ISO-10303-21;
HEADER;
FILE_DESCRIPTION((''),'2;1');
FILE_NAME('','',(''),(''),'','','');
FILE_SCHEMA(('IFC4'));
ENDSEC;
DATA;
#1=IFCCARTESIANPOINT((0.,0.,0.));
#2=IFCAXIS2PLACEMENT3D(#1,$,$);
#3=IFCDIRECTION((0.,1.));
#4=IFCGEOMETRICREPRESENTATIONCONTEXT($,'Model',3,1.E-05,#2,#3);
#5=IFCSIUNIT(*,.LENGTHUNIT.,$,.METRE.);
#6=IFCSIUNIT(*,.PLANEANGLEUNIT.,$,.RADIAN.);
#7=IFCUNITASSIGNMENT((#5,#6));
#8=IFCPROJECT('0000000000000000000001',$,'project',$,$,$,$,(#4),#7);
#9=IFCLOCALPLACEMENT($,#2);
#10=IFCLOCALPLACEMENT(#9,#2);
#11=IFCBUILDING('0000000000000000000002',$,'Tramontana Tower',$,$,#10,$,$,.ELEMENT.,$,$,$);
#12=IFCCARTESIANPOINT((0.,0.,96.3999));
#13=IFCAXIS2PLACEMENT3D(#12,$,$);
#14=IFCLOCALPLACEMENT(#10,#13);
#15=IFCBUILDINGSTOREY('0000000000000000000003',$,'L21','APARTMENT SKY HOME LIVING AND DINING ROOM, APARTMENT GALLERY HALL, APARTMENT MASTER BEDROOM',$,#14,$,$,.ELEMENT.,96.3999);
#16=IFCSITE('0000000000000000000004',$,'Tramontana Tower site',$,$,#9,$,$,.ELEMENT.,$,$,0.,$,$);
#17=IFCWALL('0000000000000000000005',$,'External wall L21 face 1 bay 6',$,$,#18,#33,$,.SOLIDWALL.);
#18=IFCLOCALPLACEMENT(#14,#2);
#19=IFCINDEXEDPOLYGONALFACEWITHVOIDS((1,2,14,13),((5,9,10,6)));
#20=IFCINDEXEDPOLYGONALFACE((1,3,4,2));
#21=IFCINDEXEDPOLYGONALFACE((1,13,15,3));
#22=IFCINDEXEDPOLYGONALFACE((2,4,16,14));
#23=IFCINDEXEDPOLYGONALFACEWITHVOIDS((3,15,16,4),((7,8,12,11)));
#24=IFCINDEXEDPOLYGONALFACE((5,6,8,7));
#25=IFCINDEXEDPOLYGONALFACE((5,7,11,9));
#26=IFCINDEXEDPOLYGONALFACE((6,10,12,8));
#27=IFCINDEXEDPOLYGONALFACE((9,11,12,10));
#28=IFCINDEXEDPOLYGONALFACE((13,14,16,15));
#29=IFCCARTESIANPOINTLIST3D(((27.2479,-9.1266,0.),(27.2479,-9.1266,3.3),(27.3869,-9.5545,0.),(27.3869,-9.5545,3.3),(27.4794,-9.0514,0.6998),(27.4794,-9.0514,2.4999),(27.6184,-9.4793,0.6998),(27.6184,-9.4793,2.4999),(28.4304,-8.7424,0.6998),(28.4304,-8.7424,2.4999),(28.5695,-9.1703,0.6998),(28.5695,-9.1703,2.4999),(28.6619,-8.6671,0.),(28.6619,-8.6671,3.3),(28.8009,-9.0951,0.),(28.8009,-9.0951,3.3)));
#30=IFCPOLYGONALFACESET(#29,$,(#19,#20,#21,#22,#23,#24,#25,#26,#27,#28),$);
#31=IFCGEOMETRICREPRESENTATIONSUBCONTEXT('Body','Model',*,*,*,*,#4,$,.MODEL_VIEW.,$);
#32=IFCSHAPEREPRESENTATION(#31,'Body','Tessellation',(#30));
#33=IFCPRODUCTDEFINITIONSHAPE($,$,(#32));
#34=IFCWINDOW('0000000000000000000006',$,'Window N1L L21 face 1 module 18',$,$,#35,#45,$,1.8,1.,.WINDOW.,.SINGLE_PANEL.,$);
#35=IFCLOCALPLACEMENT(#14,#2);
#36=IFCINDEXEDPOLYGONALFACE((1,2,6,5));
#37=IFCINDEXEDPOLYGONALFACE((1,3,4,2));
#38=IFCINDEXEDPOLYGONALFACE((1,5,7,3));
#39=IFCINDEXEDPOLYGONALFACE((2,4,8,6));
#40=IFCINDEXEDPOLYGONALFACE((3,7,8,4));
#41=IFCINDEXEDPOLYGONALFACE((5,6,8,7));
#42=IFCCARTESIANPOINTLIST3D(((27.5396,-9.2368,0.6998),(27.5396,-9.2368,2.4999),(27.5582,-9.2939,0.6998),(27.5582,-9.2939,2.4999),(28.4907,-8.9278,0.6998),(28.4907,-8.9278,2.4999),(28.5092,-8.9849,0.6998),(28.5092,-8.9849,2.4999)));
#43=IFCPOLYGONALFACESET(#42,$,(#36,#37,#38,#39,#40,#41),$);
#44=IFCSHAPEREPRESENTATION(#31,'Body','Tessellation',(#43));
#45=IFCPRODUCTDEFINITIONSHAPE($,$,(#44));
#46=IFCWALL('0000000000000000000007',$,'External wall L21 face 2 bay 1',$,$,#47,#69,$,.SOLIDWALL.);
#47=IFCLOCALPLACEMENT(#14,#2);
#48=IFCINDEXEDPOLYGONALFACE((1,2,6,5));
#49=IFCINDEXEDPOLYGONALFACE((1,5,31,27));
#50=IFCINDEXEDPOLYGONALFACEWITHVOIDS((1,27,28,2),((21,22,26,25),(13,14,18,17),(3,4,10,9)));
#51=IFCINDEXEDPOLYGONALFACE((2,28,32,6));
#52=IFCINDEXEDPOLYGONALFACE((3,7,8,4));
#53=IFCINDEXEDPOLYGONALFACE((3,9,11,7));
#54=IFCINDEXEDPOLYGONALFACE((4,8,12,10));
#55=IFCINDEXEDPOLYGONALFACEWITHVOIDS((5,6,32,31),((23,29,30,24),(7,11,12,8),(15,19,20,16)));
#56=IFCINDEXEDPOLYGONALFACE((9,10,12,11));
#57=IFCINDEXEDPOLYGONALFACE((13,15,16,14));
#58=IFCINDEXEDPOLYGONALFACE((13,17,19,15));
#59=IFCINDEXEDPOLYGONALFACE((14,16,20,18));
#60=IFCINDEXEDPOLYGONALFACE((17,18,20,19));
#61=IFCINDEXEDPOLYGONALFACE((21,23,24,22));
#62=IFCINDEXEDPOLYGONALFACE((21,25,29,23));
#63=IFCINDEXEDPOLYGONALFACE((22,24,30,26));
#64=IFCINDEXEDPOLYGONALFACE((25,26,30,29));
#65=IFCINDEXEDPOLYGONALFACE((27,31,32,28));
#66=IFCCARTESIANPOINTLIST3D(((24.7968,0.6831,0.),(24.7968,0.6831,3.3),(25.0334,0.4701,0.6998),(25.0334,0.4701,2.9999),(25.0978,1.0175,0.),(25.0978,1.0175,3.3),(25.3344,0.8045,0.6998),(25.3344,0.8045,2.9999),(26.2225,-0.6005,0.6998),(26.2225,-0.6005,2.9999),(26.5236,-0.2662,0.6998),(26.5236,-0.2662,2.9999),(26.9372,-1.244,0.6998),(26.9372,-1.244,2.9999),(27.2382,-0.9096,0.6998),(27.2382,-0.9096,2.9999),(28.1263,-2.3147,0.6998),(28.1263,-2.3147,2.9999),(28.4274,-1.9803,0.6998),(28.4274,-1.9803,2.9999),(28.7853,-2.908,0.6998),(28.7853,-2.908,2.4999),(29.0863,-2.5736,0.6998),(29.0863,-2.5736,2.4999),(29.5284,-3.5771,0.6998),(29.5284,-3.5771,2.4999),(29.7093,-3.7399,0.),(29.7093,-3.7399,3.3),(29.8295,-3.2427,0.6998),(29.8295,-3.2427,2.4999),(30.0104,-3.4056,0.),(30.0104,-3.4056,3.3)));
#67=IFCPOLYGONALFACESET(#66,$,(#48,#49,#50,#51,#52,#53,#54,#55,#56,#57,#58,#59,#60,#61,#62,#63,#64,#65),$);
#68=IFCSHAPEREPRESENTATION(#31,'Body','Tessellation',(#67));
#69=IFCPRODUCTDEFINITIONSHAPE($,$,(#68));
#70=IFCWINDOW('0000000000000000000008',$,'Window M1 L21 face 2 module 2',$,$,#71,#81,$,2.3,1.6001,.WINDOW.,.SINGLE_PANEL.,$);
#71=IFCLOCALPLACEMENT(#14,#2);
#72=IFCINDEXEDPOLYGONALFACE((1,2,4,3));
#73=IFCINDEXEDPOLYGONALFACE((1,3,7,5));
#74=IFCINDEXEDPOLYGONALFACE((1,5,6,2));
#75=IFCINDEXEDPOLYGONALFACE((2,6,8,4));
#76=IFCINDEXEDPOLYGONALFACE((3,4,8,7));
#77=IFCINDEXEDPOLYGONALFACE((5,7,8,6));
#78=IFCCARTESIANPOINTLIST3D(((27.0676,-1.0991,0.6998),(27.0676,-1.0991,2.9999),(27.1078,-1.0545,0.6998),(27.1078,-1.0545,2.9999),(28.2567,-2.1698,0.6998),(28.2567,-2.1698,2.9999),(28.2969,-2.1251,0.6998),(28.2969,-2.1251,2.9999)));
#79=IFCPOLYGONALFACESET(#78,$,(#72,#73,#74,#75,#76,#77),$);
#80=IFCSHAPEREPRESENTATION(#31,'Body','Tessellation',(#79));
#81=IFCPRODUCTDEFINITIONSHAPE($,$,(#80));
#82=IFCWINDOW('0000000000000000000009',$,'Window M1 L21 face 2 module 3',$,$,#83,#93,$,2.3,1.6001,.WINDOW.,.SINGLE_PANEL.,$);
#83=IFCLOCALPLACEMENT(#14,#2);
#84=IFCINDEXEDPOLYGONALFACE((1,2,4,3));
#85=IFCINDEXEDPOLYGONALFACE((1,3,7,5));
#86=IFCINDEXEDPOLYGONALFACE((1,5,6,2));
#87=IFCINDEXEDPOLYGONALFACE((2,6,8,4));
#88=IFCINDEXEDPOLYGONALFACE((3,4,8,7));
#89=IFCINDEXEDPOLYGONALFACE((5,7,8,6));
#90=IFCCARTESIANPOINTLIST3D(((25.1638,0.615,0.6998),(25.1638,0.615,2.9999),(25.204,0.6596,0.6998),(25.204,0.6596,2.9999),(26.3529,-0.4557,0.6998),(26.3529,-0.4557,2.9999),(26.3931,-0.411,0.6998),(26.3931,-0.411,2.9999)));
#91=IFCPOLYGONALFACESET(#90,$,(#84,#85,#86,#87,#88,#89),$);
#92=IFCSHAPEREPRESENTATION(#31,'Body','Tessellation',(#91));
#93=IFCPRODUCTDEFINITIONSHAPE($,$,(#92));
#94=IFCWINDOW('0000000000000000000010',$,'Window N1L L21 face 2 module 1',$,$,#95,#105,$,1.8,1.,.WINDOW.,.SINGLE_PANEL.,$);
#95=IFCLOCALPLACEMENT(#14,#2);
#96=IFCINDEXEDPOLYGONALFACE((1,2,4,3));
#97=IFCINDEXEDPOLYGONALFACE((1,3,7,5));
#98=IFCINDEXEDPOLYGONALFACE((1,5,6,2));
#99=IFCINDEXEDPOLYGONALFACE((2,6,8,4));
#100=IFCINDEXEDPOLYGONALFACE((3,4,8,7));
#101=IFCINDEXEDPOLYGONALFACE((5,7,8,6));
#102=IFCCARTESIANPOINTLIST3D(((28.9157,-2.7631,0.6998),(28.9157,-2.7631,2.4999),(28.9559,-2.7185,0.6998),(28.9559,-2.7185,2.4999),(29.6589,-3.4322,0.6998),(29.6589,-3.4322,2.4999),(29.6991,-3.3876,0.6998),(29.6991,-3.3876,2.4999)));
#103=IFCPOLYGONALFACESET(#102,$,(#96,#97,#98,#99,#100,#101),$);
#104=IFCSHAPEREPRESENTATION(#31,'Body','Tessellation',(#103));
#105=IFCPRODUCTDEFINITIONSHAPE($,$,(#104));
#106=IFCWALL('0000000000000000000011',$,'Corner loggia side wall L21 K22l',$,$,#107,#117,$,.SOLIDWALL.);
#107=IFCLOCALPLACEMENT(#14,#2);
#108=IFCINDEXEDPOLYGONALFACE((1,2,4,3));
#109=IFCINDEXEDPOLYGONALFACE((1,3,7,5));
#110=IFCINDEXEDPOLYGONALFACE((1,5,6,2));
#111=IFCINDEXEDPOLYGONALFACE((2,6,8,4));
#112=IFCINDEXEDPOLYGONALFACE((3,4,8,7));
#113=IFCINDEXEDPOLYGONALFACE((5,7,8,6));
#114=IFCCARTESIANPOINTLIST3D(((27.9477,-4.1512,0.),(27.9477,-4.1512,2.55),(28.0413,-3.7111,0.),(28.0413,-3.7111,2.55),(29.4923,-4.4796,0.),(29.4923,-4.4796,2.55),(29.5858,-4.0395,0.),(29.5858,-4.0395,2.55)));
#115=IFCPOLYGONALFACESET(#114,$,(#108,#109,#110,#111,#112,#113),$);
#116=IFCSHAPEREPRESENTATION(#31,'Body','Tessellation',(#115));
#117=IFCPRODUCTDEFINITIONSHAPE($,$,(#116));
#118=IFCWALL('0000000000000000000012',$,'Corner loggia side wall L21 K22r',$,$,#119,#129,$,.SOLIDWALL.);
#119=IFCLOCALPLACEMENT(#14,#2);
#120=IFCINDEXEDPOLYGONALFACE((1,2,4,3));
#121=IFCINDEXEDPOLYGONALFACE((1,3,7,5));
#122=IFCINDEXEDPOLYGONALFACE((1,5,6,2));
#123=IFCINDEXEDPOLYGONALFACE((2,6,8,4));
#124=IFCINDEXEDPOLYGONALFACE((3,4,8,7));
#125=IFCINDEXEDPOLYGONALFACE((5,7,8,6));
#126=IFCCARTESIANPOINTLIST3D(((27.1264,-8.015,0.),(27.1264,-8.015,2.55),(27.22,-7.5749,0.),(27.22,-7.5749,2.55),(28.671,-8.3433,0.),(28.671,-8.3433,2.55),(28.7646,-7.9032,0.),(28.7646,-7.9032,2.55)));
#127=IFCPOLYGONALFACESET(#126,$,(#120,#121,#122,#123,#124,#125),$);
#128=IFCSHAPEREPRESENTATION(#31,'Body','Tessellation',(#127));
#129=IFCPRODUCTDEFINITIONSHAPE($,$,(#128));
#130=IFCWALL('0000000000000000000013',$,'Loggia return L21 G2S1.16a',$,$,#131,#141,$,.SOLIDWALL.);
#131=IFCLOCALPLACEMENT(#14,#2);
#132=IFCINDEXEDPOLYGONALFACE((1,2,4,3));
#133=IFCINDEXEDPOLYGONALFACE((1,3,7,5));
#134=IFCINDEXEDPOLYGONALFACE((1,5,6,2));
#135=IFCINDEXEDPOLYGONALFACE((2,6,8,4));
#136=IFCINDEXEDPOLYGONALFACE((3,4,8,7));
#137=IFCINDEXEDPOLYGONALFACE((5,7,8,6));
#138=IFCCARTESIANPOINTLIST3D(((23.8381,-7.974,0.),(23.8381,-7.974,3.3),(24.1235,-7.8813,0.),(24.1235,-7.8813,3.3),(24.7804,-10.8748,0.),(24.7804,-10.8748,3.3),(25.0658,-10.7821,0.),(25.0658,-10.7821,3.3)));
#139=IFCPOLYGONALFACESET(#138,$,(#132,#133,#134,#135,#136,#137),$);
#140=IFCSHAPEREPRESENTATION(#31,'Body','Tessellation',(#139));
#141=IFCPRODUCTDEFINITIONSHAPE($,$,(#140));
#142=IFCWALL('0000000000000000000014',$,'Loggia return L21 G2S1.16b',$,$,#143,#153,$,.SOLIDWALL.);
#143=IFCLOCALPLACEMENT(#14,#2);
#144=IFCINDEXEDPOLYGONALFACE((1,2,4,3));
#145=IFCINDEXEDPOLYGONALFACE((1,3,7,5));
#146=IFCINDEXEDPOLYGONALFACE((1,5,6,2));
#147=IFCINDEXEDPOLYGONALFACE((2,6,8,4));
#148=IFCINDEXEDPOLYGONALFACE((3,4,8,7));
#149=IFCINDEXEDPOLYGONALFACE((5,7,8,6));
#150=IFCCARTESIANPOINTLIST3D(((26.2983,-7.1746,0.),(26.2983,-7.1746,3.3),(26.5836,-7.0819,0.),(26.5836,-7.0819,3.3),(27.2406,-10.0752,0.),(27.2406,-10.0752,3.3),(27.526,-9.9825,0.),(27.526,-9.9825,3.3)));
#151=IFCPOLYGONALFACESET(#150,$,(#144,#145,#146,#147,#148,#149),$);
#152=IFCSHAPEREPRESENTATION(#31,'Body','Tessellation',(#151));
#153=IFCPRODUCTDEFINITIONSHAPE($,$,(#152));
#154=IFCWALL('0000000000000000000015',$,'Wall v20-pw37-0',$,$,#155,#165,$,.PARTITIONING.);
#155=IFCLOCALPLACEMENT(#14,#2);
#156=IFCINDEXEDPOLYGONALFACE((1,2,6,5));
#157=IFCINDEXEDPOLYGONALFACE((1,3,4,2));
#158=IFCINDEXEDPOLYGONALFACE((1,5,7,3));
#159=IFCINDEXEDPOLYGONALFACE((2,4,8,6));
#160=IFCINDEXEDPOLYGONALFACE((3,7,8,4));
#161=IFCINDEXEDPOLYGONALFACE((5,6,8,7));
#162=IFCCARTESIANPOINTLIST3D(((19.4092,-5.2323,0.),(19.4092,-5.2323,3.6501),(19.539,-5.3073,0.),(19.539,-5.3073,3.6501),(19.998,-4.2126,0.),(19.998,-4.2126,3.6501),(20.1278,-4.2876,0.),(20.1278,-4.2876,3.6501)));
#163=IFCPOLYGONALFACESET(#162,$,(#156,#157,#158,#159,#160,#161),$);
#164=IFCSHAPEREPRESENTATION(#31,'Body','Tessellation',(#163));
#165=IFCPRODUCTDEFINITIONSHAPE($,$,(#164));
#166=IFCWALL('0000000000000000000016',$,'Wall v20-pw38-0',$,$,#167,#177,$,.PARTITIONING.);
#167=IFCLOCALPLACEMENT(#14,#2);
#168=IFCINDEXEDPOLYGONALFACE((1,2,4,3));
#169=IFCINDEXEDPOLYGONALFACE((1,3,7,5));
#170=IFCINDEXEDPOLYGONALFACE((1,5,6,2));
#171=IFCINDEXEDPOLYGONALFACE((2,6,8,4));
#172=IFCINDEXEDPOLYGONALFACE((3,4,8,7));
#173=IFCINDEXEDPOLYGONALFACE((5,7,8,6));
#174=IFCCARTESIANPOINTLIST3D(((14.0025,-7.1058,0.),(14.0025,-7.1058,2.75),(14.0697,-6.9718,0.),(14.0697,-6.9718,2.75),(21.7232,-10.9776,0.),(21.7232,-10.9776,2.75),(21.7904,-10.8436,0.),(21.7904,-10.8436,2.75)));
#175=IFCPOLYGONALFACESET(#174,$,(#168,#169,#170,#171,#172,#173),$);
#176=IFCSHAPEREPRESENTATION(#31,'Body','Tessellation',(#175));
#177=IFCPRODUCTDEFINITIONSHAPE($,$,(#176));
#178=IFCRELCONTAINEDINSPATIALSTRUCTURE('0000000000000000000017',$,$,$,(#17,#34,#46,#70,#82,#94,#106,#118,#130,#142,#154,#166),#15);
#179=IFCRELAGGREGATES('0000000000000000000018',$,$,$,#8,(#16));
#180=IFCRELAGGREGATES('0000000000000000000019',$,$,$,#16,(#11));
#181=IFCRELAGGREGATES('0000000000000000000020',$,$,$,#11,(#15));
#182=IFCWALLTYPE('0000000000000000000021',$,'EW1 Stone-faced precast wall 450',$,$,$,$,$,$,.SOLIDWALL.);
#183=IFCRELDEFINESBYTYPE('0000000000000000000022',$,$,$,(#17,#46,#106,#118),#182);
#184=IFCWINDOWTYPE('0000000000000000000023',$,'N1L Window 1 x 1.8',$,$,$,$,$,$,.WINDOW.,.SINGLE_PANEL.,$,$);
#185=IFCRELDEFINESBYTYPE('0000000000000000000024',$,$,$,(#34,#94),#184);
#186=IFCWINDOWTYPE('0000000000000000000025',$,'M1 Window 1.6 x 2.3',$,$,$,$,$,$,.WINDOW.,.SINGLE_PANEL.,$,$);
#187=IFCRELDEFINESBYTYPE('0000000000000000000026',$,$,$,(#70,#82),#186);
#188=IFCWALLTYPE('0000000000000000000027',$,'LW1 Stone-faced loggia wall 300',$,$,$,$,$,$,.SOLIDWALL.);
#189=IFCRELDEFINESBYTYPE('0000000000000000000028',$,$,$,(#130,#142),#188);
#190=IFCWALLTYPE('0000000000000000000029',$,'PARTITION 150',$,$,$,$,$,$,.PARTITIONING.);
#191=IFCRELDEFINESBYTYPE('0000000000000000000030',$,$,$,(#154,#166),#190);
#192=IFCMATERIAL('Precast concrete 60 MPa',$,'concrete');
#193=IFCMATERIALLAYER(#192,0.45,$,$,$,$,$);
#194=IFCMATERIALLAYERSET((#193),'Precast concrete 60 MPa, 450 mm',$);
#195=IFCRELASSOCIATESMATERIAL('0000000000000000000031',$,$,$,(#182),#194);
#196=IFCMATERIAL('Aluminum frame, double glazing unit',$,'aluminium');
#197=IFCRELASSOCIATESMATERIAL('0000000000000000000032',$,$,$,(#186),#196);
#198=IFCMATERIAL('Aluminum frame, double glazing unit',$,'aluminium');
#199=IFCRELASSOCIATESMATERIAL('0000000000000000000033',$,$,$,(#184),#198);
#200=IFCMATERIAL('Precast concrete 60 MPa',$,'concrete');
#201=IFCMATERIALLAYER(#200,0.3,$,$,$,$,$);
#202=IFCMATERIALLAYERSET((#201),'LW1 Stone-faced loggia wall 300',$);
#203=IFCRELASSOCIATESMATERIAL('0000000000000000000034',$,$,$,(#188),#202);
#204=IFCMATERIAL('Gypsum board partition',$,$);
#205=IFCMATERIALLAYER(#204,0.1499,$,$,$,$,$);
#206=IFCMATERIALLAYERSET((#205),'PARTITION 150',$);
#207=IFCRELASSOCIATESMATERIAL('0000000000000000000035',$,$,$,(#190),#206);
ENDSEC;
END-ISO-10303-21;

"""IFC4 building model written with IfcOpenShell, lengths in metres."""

from ifc_helpers import new_model, si_unit, direction, frame, frame_2d, origin, place, context, subcontext, project, spatial, rectangle, extrude, material, layer, layer_set, type_object, element, fill, save


model = new_model("IFC4")

# Units and contexts
model_context = context("Model", 3, precision=1e-05, world=origin(), true_north=direction((0.0, 1.0)))
body_context = subcontext(model_context, "Body", "Model", "MODEL_VIEW")
ifc_project = project(units=[si_unit("LENGTHUNIT", "METRE"), si_unit("PLANEANGLEUNIT", "RADIAN")], contexts=[model_context])

# Site, building, storey
site_placement = place(None, origin())
site = spatial("IfcSite", under=ifc_project, at=site_placement, Name="Tramontana Tower site", CompositionType="ELEMENT", RefElevation=0.0)
building_placement = place(site_placement, origin())
building = spatial("IfcBuilding", under=site, at=building_placement, Name="Tramontana Tower", CompositionType="ELEMENT")
storey_placement = place(building_placement, frame((0.0, 0.0, 96.3999)))
storey = spatial("IfcBuildingStorey", under=building, at=storey_placement, Name="L21", Description="APARTMENT SKY HOME LIVING AND DINING ROOM, APARTMENT GALLERY HALL, APARTMENT MASTER BEDROOM", CompositionType="ELEMENT", Elevation=96.3999)

# Wall, opening, window
ifc_material_1 = material(Name="Precast concrete 60 MPa", Category="concrete")
ifc_layer_1 = layer(ifc_material_1, 0.45)
ifc_layer_set_1 = layer_set([ifc_layer_1], Name="Precast concrete 60 MPa, 450 mm")
wall_type_1 = type_object("IfcWallType", Name="EW1 Stone-faced precast wall 450", PredefinedType="SOLIDWALL", material=ifc_layer_set_1)
ifc_material_2 = material(Name="Aluminum frame, double glazing unit", Category="aluminium")
window_type_1 = type_object("IfcWindowType", Name="M1 Window 1.6 x 2.3", PartitioningType="SINGLE_PANEL", PredefinedType="WINDOW", material=ifc_material_2)
wall_1_placement = place(storey_placement, frame((27.3174, -9.3406, 0.0), z_axis=(0.0, 0.0, 1.0), x_axis=(0.951053, 0.309027, 0.0)))
wall_1 = element("IfcWall", 1, at=wall_1_placement, inside=storey, type_object=wall_type_1, Name="External wall L21 face 1 bay 6", PredefinedType="SOLIDWALL", context=body_context, shape_type="SweptSolid", body=[
    extrude(rectangle(XDim=1.4868, YDim=0.45, at=frame_2d((0.7434, 0.0))), origin(), (0.0, 0.0, 1.0), 3.3),
])
opening_1_placement = place(wall_1_placement, frame((0.2434, 0.0, 0.7)))
opening_1 = element("IfcOpeningElement", 2, at=opening_1_placement, cuts=wall_1, PredefinedType="OPENING", context=body_context, shape_type="SweptSolid", body=[
    extrude(rectangle(XDim=1.0, YDim=1.8, at=frame_2d((0.5, 0.8999))), frame((0.0, 0.2349, 0.0), z_axis=(0.0, -1.0, 0.0), x_axis=(1.0, 0.0, 0.0)), (0.0, 0.0, 1.0), 0.47),
])
ifc_material_3 = material(Name="Aluminum frame, double glazing unit", Category="aluminium")
window_type_2 = type_object("IfcWindowType", Name="N1L Window 1 x 1.8", PartitioningType="SINGLE_PANEL", PredefinedType="WINDOW", material=ifc_material_3)
window_1_placement = place(opening_1_placement, origin())
window_1 = element("IfcWindow", 3, at=window_1_placement, inside=storey, type_object=window_type_2, Name="Window N1L L21 face 1 module 18", OverallHeight=1.8, OverallWidth=1.0, PartitioningType="SINGLE_PANEL", PredefinedType="WINDOW", context=body_context, shape_type="SweptSolid", body=[
    extrude(rectangle(XDim=1.0, YDim=1.8, at=frame_2d((0.5, 0.8999))), frame((0.0, 0.03, 0.0), z_axis=(0.0, -1.0, 0.0), x_axis=(1.0, 0.0, 0.0)), (0.0, 0.0, 1.0), 0.0601),
])
fill(opening_1, window_1)

# Wall, openings, windows
wall_2_placement = place(storey_placement, frame((29.8599, -3.5728, 0.0), z_axis=(0.0, 0.0, 1.0), x_axis=(-0.743162, 0.669112, 0.0)))
wall_2 = element("IfcWall", 4, at=wall_2_placement, inside=storey, type_object=wall_type_1, Name="External wall L21 face 2 bay 1", PredefinedType="SOLIDWALL", context=body_context, shape_type="SweptSolid", body=[
    extrude(rectangle(XDim=6.6104, YDim=0.45, at=frame_2d((3.3052, 0.0))), origin(), (0.0, 0.0, 1.0), 3.3),
])
opening_2_placement = place(wall_2_placement, frame((0.2434, 0.0, 0.7)))
opening_2 = element("IfcOpeningElement", 5, at=opening_2_placement, cuts=wall_2, PredefinedType="OPENING", context=body_context, shape_type="SweptSolid", body=[
    extrude(rectangle(XDim=1.0, YDim=1.8, at=frame_2d((0.5, 0.8999))), frame((0.0, 0.2349, 0.0), z_axis=(0.0, -1.0, 0.0), x_axis=(1.0, 0.0, 0.0)), (0.0, 0.0, 1.0), 0.47),
])
opening_3_placement = place(wall_2_placement, frame((2.1301, 0.0, 0.7)))
opening_3 = element("IfcOpeningElement", 6, at=opening_3_placement, cuts=wall_2, PredefinedType="OPENING", context=body_context, shape_type="SweptSolid", body=[
    extrude(rectangle(XDim=1.6001, YDim=2.3, at=frame_2d((0.8, 1.1499))), frame((0.0, 0.2349, 0.0), z_axis=(0.0, -1.0, 0.0), x_axis=(1.0, 0.0, 0.0)), (0.0, 0.0, 1.0), 0.47),
])
opening_4_placement = place(wall_2_placement, frame((4.6919, 0.0, 0.7)))
opening_4 = element("IfcOpeningElement", 7, at=opening_4_placement, cuts=wall_2, PredefinedType="OPENING", context=body_context, shape_type="SweptSolid", body=[
    extrude(rectangle(XDim=1.6001, YDim=2.3, at=frame_2d((0.8, 1.1499))), frame((0.0, 0.2349, 0.0), z_axis=(0.0, -1.0, 0.0), x_axis=(1.0, 0.0, 0.0)), (0.0, 0.0, 1.0), 0.47),
])
window_2_placement = place(opening_3_placement, origin())
window_2 = element("IfcWindow", 8, at=window_2_placement, inside=storey, type_object=window_type_1, Name="Window M1 L21 face 2 module 2", OverallHeight=2.3, OverallWidth=1.6001, PartitioningType="SINGLE_PANEL", PredefinedType="WINDOW", context=body_context, shape_type="SweptSolid", body=[
    extrude(rectangle(XDim=1.6001, YDim=2.3, at=frame_2d((0.8, 1.1499))), frame((0.0, 0.03, 0.0), z_axis=(0.0, -1.0, 0.0), x_axis=(1.0, 0.0, 0.0)), (0.0, 0.0, 1.0), 0.0601),
])
fill(opening_3, window_2)
window_3_placement = place(opening_4_placement, origin())
window_3 = element("IfcWindow", 9, at=window_3_placement, inside=storey, type_object=window_type_1, Name="Window M1 L21 face 2 module 3", OverallHeight=2.3, OverallWidth=1.6001, PartitioningType="SINGLE_PANEL", PredefinedType="WINDOW", context=body_context, shape_type="SweptSolid", body=[
    extrude(rectangle(XDim=1.6001, YDim=2.3, at=frame_2d((0.8, 1.1499))), frame((0.0, 0.03, 0.0), z_axis=(0.0, -1.0, 0.0), x_axis=(1.0, 0.0, 0.0)), (0.0, 0.0, 1.0), 0.0601),
])
fill(opening_4, window_3)
window_4_placement = place(opening_2_placement, origin())
window_4 = element("IfcWindow", 10, at=window_4_placement, inside=storey, type_object=window_type_2, Name="Window N1L L21 face 2 module 1", OverallHeight=1.8, OverallWidth=1.0, PartitioningType="SINGLE_PANEL", PredefinedType="WINDOW", context=body_context, shape_type="SweptSolid", body=[
    extrude(rectangle(XDim=1.0, YDim=1.8, at=frame_2d((0.5, 0.8999))), frame((0.0, 0.03, 0.0), z_axis=(0.0, -1.0, 0.0), x_axis=(1.0, 0.0, 0.0)), (0.0, 0.0, 1.0), 0.0601),
])
fill(opening_2, window_4)

# Walls
for number, where, z_axis, x_axis, name in (
    (11, (29.5391, -4.2595, 0.0), (0.0, 0.0, 1.0), (-0.978143, 0.207935, 0.0), "Corner loggia side wall L21 K22l"),
    (12, (28.7178, -8.1233, 0.0), (0.0, 0.0, 1.0), (-0.978143, 0.207935, 0.0), "Corner loggia side wall L21 K22r"),
):
    element("IfcWall", number, at=place(storey_placement, frame(where, z_axis=z_axis, x_axis=x_axis)), inside=storey, type_object=wall_type_1, Name=name, PredefinedType="SOLIDWALL", context=body_context, shape_type="SweptSolid", body=[
        extrude(rectangle(XDim=1.5791, YDim=0.45, at=frame_2d((0.7896, 0.0))), origin(), (0.0, 0.0, 1.0), 2.55),
    ])

# Shared definitions
ifc_material_4 = material(Name="Precast concrete 60 MPa", Category="concrete")
ifc_layer_2 = layer(ifc_material_4, 0.3)
ifc_layer_set_2 = layer_set([ifc_layer_2], Name="LW1 Stone-faced loggia wall 300")
wall_type_2 = type_object("IfcWallType", Name="LW1 Stone-faced loggia wall 300", PredefinedType="SOLIDWALL", material=ifc_layer_set_2)

# Walls
wall_3_placement = place(storey_placement, frame((24.9231, -10.8284, 0.0), z_axis=(0.0, 0.0, 1.0), x_axis=(-0.308967, 0.951073, 0.0)))
element("IfcWall", 13, at=wall_3_placement, inside=storey, type_object=wall_type_2, Name="Loggia return L21 G2S1.16a", PredefinedType="SOLIDWALL", context=body_context, shape_type="SweptSolid", body=[
    extrude(rectangle(XDim=3.05, YDim=0.3, at=frame_2d((1.5249, 0.0))), origin(), (0.0, 0.0, 1.0), 3.3),
])
wall_4_placement = place(storey_placement, frame((27.3833, -10.0288, 0.0), z_axis=(0.0, 0.0, 1.0), x_axis=(-0.30899, 0.951065, 0.0)))
element("IfcWall", 14, at=wall_4_placement, inside=storey, type_object=wall_type_2, Name="Loggia return L21 G2S1.16b", PredefinedType="SOLIDWALL", context=body_context, shape_type="SweptSolid", body=[
    extrude(rectangle(XDim=3.0498, YDim=0.3, at=frame_2d((1.5249, 0.0))), origin(), (0.0, 0.0, 1.0), 3.3),
])
ifc_material_5 = material(Name="Gypsum board partition")
ifc_layer_3 = layer(ifc_material_5, 0.1499)
ifc_layer_set_3 = layer_set([ifc_layer_3], Name="PARTITION 150")
wall_type_3 = type_object("IfcWallType", Name="PARTITION 150", PredefinedType="PARTITIONING", material=ifc_layer_set_3)
wall_5_placement = place(storey_placement, frame((20.063, -4.25, 0.0), z_axis=(0.0, 0.0, 1.0), x_axis=(-0.500063, -0.865989, 0.0)))
element("IfcWall", 15, at=wall_5_placement, inside=storey, type_object=wall_type_3, Name="Wall v20-pw37-0", PredefinedType="PARTITIONING", context=body_context, shape_type="SweptSolid", body=[
    extrude(rectangle(XDim=1.1775, YDim=0.1499, at=frame_2d((0.5889, 0.0))), origin(), (0.0, 0.0, 1.0), 3.6501),
])
wall_6_placement = place(storey_placement, frame((21.7568, -10.9106, 0.0), z_axis=(0.0, 0.0, 1.0), x_axis=(-0.893895, 0.448276, 0.0)))
element("IfcWall", 16, at=wall_6_placement, inside=storey, type_object=wall_type_3, Name="Wall v20-pw38-0", PredefinedType="PARTITIONING", context=body_context, shape_type="SweptSolid", body=[
    extrude(rectangle(XDim=8.6372, YDim=0.1499, at=frame_2d((4.3186, 0.0))), origin(), (0.0, 0.0, 1.0), 2.75),
])

save(model, "model.ifc")
